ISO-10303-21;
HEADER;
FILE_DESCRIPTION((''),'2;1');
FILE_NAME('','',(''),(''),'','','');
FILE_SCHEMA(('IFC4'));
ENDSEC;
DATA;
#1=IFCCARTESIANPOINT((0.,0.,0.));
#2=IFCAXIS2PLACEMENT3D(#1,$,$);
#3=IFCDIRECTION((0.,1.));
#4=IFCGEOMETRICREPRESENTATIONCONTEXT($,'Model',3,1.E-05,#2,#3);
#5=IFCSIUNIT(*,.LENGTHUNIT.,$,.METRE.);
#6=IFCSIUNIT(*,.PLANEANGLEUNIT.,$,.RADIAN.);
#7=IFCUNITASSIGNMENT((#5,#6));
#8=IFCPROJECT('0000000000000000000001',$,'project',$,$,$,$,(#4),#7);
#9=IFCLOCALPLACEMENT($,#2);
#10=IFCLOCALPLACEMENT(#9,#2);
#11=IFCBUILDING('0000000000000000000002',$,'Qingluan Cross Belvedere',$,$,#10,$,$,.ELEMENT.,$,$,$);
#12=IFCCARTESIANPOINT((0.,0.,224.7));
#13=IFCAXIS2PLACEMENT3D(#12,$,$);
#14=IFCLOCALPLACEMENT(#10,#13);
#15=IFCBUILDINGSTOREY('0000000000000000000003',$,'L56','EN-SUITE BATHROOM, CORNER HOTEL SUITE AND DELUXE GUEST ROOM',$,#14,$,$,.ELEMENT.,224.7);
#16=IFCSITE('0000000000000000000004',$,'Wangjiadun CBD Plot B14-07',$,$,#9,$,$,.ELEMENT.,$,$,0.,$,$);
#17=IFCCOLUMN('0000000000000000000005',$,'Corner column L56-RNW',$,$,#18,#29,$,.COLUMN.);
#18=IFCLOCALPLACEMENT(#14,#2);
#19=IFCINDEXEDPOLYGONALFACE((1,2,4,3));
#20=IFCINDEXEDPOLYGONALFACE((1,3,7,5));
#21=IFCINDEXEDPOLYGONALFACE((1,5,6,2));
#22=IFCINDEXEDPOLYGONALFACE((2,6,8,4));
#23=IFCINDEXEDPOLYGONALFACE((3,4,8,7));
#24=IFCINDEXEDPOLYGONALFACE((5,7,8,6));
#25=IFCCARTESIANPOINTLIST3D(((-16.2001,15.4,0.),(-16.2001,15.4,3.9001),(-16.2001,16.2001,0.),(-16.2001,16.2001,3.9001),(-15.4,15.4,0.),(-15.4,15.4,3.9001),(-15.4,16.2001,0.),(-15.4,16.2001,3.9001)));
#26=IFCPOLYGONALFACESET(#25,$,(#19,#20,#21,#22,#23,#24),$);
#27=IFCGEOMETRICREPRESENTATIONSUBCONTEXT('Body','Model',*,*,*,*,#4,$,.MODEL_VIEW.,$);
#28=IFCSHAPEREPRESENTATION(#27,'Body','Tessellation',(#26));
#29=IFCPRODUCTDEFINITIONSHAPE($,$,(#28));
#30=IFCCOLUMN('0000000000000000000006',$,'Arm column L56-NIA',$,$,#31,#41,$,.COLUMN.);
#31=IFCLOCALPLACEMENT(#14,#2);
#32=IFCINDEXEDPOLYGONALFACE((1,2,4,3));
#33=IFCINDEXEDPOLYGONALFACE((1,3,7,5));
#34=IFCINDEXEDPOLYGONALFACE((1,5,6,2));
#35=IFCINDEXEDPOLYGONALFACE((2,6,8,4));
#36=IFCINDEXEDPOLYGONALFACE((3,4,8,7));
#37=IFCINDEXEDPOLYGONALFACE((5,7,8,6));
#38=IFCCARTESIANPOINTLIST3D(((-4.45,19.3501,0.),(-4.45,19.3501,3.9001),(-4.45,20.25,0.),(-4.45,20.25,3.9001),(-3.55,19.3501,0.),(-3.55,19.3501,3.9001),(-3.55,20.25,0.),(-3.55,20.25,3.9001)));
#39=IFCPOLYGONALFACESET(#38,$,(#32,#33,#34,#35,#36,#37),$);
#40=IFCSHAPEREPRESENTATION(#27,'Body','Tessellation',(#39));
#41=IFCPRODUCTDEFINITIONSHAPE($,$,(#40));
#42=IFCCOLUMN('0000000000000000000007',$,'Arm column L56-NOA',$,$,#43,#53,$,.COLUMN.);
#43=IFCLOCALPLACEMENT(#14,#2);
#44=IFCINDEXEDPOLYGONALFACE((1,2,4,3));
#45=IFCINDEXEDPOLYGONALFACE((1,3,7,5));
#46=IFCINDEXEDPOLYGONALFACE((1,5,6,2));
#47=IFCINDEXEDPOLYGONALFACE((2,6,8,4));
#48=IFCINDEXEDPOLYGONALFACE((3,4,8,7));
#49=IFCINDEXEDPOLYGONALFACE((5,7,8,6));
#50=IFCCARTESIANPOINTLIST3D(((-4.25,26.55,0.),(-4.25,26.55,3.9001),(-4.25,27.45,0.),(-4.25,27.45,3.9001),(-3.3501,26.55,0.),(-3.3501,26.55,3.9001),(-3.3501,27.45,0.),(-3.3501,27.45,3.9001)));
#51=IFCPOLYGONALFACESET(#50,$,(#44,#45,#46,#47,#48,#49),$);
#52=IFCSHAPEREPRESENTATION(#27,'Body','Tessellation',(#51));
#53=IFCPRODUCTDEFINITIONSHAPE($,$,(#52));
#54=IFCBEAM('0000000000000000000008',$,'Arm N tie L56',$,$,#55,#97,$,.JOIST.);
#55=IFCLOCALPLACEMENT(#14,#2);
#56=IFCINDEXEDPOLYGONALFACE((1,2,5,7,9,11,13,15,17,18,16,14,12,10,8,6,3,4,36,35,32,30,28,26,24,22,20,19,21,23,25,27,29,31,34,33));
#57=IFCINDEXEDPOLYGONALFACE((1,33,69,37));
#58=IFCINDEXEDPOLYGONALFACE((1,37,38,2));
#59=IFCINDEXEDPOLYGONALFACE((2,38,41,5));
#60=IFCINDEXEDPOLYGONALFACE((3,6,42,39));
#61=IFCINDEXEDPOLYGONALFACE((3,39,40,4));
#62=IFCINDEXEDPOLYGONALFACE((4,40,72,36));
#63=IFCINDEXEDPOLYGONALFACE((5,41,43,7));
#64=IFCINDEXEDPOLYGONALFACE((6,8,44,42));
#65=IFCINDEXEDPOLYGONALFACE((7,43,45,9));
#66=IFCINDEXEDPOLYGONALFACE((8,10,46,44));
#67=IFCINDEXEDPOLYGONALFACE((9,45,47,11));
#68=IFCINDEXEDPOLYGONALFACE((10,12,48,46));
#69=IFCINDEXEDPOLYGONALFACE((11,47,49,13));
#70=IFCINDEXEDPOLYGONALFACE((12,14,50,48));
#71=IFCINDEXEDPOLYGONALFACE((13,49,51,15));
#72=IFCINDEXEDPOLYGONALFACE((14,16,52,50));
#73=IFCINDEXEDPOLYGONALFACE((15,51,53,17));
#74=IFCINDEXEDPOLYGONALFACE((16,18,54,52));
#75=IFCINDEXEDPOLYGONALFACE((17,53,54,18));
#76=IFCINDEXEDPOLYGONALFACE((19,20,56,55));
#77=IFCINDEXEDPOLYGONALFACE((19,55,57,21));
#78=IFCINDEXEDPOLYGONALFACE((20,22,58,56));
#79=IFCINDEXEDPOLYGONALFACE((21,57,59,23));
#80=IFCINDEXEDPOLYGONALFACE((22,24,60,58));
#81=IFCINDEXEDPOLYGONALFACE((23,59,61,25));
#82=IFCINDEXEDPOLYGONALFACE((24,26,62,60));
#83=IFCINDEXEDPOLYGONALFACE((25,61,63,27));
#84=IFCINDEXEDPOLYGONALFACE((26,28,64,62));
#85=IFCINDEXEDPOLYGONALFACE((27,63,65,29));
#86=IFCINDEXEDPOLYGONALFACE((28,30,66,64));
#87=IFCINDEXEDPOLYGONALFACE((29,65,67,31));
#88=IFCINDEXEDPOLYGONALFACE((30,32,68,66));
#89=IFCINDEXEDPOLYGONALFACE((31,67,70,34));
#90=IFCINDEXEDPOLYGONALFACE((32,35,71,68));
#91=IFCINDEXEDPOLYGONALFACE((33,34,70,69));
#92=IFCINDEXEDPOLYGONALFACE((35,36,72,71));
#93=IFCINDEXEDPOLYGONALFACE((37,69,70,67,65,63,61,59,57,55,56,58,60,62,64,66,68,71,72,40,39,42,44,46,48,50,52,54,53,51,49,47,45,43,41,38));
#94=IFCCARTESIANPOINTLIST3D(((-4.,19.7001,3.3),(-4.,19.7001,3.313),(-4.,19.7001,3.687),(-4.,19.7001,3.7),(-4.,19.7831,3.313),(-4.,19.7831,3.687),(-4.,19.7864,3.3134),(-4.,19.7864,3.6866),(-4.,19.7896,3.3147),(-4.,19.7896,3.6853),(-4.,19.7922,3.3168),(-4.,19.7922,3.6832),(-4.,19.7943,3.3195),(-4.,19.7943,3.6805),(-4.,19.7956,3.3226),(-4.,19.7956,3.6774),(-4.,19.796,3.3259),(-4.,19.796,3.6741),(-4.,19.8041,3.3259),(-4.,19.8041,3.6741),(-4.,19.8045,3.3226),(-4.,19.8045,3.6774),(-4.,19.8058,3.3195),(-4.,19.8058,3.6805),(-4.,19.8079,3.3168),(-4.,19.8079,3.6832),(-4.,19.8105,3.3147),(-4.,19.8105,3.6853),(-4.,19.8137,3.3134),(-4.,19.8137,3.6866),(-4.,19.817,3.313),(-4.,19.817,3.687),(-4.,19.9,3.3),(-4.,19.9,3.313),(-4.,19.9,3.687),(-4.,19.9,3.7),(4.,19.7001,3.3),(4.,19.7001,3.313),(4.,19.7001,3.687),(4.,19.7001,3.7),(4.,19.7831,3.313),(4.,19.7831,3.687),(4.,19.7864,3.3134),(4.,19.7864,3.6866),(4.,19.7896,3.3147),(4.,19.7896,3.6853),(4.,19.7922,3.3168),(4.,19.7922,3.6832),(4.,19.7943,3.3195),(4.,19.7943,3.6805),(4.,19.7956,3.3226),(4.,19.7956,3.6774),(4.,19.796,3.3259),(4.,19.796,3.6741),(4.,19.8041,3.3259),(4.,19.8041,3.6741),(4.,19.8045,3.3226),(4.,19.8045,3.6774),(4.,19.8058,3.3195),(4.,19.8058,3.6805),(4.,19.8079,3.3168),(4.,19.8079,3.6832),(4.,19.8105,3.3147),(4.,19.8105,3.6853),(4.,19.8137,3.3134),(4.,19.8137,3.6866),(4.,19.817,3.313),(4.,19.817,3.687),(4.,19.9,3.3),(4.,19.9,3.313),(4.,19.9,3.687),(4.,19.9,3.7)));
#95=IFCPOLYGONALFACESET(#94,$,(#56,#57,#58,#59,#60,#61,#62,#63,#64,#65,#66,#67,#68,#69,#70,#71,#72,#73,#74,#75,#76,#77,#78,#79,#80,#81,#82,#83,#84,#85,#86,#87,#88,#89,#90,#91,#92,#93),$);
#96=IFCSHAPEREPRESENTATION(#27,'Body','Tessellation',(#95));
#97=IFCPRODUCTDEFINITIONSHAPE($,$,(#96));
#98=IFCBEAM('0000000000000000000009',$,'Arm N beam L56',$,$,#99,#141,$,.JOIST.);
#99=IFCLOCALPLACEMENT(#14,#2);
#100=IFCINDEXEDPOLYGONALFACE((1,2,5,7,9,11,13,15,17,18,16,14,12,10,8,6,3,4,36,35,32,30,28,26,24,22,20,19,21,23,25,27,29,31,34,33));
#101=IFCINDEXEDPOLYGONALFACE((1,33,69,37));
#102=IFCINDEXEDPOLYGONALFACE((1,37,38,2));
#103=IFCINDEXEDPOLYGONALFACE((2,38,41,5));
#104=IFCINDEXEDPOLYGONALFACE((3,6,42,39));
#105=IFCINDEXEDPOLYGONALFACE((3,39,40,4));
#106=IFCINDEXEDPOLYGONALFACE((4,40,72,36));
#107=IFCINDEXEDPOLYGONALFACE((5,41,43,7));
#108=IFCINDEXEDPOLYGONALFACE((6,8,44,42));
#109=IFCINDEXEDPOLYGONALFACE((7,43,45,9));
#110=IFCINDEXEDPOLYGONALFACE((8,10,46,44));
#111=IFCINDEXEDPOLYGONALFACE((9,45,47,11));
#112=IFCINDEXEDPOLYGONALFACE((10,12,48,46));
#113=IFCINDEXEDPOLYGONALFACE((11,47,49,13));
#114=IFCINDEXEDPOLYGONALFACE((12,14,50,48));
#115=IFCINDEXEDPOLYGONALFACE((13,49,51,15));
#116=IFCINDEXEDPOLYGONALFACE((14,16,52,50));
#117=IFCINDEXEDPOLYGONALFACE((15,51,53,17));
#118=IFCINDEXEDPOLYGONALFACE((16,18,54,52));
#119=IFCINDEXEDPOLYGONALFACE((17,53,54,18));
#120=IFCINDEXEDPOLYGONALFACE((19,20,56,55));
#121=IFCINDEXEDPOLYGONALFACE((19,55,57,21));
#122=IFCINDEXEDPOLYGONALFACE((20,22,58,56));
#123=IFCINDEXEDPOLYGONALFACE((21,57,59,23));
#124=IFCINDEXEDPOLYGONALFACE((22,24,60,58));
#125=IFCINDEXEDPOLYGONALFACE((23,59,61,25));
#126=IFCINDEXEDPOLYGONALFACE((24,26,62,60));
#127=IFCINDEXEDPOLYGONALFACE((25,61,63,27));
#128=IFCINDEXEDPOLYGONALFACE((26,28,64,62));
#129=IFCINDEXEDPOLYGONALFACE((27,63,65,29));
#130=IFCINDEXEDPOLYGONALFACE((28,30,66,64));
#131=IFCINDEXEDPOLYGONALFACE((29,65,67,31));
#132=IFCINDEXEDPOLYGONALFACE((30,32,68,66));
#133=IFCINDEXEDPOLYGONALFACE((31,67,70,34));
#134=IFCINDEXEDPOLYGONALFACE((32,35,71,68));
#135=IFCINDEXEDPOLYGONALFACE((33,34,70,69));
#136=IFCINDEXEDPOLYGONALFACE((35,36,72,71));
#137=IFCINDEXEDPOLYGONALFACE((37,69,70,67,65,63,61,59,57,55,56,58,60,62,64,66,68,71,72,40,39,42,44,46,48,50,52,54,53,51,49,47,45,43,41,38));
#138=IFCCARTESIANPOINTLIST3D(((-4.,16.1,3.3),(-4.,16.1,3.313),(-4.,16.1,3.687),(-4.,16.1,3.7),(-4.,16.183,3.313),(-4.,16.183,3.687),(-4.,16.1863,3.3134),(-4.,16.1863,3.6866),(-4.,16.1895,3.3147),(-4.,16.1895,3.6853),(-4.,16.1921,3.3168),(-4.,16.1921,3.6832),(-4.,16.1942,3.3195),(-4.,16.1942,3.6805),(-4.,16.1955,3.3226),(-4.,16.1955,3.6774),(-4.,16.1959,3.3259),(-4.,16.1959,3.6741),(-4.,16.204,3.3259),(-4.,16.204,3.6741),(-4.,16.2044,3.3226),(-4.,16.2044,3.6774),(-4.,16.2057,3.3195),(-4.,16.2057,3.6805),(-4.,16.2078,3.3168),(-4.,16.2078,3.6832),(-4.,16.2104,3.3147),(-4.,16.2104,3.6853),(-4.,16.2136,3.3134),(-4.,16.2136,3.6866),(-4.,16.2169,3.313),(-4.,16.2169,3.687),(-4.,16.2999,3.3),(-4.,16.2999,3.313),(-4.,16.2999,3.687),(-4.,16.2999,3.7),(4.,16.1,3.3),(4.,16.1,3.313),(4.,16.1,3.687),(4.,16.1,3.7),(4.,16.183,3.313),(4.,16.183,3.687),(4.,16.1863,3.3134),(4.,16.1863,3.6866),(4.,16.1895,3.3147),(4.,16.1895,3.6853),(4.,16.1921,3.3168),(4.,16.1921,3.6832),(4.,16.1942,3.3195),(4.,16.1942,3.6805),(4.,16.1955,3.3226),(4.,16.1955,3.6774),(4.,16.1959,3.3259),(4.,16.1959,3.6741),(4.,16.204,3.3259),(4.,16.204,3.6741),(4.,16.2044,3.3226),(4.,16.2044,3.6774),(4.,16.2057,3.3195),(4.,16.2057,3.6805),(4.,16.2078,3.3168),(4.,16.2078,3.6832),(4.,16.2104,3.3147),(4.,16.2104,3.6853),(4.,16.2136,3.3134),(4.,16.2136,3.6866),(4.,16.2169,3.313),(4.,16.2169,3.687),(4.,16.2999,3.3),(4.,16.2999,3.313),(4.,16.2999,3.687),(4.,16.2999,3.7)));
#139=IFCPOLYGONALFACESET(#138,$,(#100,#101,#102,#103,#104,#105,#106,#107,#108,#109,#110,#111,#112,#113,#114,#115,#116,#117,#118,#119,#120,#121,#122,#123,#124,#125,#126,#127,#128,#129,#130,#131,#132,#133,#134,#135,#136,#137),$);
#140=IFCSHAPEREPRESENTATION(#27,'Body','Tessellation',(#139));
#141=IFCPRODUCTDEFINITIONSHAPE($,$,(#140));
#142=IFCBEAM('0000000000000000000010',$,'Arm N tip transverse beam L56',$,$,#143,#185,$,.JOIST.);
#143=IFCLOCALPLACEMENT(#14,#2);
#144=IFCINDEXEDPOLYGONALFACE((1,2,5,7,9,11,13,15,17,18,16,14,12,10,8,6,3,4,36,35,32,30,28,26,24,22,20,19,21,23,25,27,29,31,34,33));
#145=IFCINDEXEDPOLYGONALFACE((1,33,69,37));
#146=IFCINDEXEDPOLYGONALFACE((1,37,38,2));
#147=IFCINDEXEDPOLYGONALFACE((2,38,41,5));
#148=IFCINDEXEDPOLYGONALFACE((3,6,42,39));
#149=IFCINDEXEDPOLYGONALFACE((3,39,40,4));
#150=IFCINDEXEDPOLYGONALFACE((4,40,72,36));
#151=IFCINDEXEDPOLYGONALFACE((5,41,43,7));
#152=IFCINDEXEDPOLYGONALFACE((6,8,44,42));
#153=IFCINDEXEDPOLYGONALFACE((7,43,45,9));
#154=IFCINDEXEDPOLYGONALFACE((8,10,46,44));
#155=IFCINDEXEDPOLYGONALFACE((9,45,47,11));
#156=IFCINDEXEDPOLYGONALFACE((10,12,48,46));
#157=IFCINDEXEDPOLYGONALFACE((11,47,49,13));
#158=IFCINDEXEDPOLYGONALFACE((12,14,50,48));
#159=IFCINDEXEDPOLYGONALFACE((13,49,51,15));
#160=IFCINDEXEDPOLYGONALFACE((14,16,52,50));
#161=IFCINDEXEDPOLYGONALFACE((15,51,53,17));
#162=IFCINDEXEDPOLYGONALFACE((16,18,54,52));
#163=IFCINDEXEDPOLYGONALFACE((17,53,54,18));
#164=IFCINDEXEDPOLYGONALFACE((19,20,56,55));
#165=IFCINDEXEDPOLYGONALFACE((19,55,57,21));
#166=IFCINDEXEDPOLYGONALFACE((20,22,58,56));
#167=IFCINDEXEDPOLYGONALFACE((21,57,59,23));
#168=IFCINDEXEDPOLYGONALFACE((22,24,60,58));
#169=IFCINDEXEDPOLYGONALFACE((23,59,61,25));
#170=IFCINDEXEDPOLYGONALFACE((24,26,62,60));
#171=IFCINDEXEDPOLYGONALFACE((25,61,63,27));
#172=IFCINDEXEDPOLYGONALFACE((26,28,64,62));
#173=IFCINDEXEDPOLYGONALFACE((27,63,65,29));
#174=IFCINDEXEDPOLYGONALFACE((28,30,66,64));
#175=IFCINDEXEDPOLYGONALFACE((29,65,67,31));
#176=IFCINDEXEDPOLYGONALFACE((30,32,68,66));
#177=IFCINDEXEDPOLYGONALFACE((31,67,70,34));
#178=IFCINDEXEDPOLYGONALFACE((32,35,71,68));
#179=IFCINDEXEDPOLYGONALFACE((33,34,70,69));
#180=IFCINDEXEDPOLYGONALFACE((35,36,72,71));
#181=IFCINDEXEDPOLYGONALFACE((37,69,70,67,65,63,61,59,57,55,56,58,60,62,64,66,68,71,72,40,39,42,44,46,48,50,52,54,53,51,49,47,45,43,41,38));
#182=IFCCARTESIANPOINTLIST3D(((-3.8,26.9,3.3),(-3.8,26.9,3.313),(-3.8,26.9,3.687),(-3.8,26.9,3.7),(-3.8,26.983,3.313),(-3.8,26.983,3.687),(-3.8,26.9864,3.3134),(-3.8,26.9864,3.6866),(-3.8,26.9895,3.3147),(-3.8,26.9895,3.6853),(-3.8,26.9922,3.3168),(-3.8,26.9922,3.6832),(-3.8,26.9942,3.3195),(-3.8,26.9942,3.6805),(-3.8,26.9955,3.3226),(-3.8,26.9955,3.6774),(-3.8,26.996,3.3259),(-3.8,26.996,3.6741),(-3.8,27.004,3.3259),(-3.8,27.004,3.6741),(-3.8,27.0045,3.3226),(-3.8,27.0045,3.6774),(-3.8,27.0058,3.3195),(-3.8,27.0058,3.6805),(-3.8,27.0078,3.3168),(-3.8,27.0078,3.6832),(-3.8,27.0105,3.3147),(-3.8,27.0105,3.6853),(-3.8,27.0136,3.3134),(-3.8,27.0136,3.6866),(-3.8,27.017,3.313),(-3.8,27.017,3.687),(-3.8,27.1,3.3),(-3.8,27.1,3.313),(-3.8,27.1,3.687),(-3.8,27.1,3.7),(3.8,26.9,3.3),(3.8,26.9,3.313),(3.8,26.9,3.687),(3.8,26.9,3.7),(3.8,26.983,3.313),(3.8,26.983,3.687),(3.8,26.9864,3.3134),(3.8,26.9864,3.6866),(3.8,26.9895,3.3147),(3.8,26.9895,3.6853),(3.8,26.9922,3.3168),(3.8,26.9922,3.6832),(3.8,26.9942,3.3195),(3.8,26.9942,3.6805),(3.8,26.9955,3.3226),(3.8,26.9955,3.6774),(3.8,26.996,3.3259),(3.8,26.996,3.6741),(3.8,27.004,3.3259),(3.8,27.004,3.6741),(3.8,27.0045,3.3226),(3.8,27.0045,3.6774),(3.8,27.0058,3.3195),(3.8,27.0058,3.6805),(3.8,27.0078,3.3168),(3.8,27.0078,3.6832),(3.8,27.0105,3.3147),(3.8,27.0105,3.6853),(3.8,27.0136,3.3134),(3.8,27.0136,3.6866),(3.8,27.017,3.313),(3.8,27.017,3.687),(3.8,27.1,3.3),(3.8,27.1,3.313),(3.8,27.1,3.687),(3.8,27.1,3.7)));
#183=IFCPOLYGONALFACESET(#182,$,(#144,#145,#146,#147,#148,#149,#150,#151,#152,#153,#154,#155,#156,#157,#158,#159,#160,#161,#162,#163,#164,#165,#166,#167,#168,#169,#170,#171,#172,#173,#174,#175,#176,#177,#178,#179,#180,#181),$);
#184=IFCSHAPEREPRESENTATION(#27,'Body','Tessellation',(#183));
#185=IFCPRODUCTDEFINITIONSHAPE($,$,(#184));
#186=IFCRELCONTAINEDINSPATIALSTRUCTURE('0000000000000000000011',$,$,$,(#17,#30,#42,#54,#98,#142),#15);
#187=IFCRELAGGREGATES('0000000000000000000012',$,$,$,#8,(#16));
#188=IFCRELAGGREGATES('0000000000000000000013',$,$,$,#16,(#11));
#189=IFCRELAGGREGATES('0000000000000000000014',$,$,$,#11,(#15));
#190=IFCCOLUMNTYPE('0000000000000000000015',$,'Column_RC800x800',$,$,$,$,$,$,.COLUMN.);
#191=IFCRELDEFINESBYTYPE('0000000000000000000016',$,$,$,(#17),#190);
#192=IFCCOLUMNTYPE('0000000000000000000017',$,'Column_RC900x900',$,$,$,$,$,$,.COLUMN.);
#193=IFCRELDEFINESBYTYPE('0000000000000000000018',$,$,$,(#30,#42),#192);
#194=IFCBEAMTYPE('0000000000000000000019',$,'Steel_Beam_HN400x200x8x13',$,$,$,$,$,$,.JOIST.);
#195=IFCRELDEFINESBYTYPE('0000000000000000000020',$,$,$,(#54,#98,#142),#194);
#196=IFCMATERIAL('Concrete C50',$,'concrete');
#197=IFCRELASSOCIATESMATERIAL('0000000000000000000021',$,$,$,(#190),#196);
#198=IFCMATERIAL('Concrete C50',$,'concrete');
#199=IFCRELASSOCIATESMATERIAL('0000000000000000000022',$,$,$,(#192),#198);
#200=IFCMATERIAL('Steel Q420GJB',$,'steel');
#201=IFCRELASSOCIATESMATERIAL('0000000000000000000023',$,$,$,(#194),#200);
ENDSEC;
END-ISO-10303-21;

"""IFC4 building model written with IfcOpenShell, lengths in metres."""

from ifc_helpers import new_model, si_unit, direction, frame, origin, origin_2d, place, context, subcontext, project, spatial, rectangle, i_section, extrude, material, material_profile, profile_set, type_object, element, save


model = new_model("IFC4")

# Units and contexts
model_context = context("Model", 3, precision=1e-05, world=origin(), true_north=direction((0.0, 1.0)))
body_context = subcontext(model_context, "Body", "Model", "MODEL_VIEW")
ifc_project = project(units=[si_unit("LENGTHUNIT", "METRE"), si_unit("PLANEANGLEUNIT", "RADIAN")], contexts=[model_context])

# Site, building, storey
site_placement = place(None, origin())
site = spatial("IfcSite", under=ifc_project, at=site_placement, Name="Wangjiadun CBD Plot B14-07", CompositionType="ELEMENT", RefElevation=0.0)
building_placement = place(site_placement, origin())
building = spatial("IfcBuilding", under=site, at=building_placement, Name="Qingluan Cross Belvedere", CompositionType="ELEMENT")
storey_placement = place(building_placement, frame((0.0, 0.0, 224.7)))
storey = spatial("IfcBuildingStorey", under=building, at=storey_placement, Name="L56", Description="EN-SUITE BATHROOM, CORNER HOTEL SUITE AND DELUXE GUEST ROOM", CompositionType="ELEMENT", Elevation=224.7)

# Columns
ifc_material_1 = material(Name="Concrete C50", Category="concrete")
ifc_material_profile_1 = material_profile(ifc_material_1, rectangle(XDim=0.8, YDim=0.8, at=origin_2d()), Name="RC800x800")
ifc_profile_set_1 = profile_set([ifc_material_profile_1], Name="Concrete C50")
column_type_1 = type_object("IfcColumnType", Name="Column_RC800x800", PredefinedType="COLUMN", material=ifc_profile_set_1)
column_placement = place(storey_placement, frame((-15.8, 15.8, 0.0), z_axis=(0.0, 0.0, 1.0), x_axis=(1.0, 0.0, 0.0)))
element("IfcColumn", 1, at=column_placement, inside=storey, type_object=column_type_1, Name="Corner column L56-RNW", PredefinedType="COLUMN", context=body_context, shape_type="SweptSolid", body=[
    extrude(rectangle(XDim=0.8, YDim=0.8, at=origin_2d()), origin(), (0.0, 0.0, 1.0), 3.9001),
])
ifc_material_2 = material(Name="Concrete C50", Category="concrete")
ifc_material_profile_2 = material_profile(ifc_material_2, rectangle(XDim=0.8999, YDim=0.8999, at=origin_2d()), Name="RC900x900")
ifc_profile_set_2 = profile_set([ifc_material_profile_2], Name="Concrete C50")
column_type_2 = type_object("IfcColumnType", Name="Column_RC900x900", PredefinedType="COLUMN", material=ifc_profile_set_2)
for number, where, z_axis, x_axis, name in (
    (2, (-4.0, 19.8, 0.0), (0.0, 0.0, 1.0), (1.0, 0.0, 0.0), "Arm column L56-NIA"),
    (3, (-3.8, 27.0, 0.0), (0.0, 0.0, 1.0), (1.0, 0.0, 0.0), "Arm column L56-NOA"),
):
    element("IfcColumn", number, at=place(storey_placement, frame(where, z_axis=z_axis, x_axis=x_axis)), inside=storey, type_object=column_type_2, Name=name, PredefinedType="COLUMN", context=body_context, shape_type="SweptSolid", body=[
        extrude(rectangle(XDim=0.8999, YDim=0.8999, at=origin_2d()), origin(), (0.0, 0.0, 1.0), 3.9001),
    ])

# Beams
ifc_material_3 = material(Name="Steel Q420GJB", Category="steel")
ifc_material_profile_3 = material_profile(ifc_material_3, i_section(OverallWidth=0.2, OverallDepth=0.3999, WebThickness=0.0081, FlangeThickness=0.0129, FilletRadius=0.0129, at=origin_2d()), Name="HN400x200x8x13")
ifc_profile_set_3 = profile_set([ifc_material_profile_3], Name="Steel Q420GJB")
beam_type_1 = type_object("IfcBeamType", Name="Steel_Beam_HN400x200x8x13", PredefinedType="JOIST", material=ifc_profile_set_3)
for number, where, z_axis, x_axis, name in (
    (4, (-4.0, 19.8, 3.5), (1.0, 0.0, 0.0), (0.0, 1.0, 0.0), "Arm N tie L56"),
    (5, (-4.0, 16.2, 3.5), (1.0, 0.0, 0.0), (0.0, 1.0, 0.0), "Arm N beam L56"),
):
    element("IfcBeam", number, at=place(storey_placement, frame(where, z_axis=z_axis, x_axis=x_axis)), inside=storey, type_object=beam_type_1, Name=name, PredefinedType="JOIST", context=body_context, shape_type="SweptSolid", body=[
        extrude(i_section(OverallWidth=0.2, OverallDepth=0.3999, WebThickness=0.0081, FlangeThickness=0.0129, FilletRadius=0.0129, at=origin_2d()), origin(), (0.0, 0.0, 1.0), 8.0),
    ])
beam_1_placement = place(storey_placement, frame((-3.8, 27.0, 3.5), z_axis=(1.0, 0.0, 0.0), x_axis=(0.0, 1.0, 0.0)))
element("IfcBeam", 6, at=beam_1_placement, inside=storey, type_object=beam_type_1, Name="Arm N tip transverse beam L56", PredefinedType="JOIST", context=body_context, shape_type="SweptSolid", body=[
    extrude(i_section(OverallWidth=0.2, OverallDepth=0.3999, WebThickness=0.0081, FlangeThickness=0.0129, FilletRadius=0.0129, at=origin_2d()), origin(), (0.0, 0.0, 1.0), 7.6001),
])

save(model, "model.ifc")
